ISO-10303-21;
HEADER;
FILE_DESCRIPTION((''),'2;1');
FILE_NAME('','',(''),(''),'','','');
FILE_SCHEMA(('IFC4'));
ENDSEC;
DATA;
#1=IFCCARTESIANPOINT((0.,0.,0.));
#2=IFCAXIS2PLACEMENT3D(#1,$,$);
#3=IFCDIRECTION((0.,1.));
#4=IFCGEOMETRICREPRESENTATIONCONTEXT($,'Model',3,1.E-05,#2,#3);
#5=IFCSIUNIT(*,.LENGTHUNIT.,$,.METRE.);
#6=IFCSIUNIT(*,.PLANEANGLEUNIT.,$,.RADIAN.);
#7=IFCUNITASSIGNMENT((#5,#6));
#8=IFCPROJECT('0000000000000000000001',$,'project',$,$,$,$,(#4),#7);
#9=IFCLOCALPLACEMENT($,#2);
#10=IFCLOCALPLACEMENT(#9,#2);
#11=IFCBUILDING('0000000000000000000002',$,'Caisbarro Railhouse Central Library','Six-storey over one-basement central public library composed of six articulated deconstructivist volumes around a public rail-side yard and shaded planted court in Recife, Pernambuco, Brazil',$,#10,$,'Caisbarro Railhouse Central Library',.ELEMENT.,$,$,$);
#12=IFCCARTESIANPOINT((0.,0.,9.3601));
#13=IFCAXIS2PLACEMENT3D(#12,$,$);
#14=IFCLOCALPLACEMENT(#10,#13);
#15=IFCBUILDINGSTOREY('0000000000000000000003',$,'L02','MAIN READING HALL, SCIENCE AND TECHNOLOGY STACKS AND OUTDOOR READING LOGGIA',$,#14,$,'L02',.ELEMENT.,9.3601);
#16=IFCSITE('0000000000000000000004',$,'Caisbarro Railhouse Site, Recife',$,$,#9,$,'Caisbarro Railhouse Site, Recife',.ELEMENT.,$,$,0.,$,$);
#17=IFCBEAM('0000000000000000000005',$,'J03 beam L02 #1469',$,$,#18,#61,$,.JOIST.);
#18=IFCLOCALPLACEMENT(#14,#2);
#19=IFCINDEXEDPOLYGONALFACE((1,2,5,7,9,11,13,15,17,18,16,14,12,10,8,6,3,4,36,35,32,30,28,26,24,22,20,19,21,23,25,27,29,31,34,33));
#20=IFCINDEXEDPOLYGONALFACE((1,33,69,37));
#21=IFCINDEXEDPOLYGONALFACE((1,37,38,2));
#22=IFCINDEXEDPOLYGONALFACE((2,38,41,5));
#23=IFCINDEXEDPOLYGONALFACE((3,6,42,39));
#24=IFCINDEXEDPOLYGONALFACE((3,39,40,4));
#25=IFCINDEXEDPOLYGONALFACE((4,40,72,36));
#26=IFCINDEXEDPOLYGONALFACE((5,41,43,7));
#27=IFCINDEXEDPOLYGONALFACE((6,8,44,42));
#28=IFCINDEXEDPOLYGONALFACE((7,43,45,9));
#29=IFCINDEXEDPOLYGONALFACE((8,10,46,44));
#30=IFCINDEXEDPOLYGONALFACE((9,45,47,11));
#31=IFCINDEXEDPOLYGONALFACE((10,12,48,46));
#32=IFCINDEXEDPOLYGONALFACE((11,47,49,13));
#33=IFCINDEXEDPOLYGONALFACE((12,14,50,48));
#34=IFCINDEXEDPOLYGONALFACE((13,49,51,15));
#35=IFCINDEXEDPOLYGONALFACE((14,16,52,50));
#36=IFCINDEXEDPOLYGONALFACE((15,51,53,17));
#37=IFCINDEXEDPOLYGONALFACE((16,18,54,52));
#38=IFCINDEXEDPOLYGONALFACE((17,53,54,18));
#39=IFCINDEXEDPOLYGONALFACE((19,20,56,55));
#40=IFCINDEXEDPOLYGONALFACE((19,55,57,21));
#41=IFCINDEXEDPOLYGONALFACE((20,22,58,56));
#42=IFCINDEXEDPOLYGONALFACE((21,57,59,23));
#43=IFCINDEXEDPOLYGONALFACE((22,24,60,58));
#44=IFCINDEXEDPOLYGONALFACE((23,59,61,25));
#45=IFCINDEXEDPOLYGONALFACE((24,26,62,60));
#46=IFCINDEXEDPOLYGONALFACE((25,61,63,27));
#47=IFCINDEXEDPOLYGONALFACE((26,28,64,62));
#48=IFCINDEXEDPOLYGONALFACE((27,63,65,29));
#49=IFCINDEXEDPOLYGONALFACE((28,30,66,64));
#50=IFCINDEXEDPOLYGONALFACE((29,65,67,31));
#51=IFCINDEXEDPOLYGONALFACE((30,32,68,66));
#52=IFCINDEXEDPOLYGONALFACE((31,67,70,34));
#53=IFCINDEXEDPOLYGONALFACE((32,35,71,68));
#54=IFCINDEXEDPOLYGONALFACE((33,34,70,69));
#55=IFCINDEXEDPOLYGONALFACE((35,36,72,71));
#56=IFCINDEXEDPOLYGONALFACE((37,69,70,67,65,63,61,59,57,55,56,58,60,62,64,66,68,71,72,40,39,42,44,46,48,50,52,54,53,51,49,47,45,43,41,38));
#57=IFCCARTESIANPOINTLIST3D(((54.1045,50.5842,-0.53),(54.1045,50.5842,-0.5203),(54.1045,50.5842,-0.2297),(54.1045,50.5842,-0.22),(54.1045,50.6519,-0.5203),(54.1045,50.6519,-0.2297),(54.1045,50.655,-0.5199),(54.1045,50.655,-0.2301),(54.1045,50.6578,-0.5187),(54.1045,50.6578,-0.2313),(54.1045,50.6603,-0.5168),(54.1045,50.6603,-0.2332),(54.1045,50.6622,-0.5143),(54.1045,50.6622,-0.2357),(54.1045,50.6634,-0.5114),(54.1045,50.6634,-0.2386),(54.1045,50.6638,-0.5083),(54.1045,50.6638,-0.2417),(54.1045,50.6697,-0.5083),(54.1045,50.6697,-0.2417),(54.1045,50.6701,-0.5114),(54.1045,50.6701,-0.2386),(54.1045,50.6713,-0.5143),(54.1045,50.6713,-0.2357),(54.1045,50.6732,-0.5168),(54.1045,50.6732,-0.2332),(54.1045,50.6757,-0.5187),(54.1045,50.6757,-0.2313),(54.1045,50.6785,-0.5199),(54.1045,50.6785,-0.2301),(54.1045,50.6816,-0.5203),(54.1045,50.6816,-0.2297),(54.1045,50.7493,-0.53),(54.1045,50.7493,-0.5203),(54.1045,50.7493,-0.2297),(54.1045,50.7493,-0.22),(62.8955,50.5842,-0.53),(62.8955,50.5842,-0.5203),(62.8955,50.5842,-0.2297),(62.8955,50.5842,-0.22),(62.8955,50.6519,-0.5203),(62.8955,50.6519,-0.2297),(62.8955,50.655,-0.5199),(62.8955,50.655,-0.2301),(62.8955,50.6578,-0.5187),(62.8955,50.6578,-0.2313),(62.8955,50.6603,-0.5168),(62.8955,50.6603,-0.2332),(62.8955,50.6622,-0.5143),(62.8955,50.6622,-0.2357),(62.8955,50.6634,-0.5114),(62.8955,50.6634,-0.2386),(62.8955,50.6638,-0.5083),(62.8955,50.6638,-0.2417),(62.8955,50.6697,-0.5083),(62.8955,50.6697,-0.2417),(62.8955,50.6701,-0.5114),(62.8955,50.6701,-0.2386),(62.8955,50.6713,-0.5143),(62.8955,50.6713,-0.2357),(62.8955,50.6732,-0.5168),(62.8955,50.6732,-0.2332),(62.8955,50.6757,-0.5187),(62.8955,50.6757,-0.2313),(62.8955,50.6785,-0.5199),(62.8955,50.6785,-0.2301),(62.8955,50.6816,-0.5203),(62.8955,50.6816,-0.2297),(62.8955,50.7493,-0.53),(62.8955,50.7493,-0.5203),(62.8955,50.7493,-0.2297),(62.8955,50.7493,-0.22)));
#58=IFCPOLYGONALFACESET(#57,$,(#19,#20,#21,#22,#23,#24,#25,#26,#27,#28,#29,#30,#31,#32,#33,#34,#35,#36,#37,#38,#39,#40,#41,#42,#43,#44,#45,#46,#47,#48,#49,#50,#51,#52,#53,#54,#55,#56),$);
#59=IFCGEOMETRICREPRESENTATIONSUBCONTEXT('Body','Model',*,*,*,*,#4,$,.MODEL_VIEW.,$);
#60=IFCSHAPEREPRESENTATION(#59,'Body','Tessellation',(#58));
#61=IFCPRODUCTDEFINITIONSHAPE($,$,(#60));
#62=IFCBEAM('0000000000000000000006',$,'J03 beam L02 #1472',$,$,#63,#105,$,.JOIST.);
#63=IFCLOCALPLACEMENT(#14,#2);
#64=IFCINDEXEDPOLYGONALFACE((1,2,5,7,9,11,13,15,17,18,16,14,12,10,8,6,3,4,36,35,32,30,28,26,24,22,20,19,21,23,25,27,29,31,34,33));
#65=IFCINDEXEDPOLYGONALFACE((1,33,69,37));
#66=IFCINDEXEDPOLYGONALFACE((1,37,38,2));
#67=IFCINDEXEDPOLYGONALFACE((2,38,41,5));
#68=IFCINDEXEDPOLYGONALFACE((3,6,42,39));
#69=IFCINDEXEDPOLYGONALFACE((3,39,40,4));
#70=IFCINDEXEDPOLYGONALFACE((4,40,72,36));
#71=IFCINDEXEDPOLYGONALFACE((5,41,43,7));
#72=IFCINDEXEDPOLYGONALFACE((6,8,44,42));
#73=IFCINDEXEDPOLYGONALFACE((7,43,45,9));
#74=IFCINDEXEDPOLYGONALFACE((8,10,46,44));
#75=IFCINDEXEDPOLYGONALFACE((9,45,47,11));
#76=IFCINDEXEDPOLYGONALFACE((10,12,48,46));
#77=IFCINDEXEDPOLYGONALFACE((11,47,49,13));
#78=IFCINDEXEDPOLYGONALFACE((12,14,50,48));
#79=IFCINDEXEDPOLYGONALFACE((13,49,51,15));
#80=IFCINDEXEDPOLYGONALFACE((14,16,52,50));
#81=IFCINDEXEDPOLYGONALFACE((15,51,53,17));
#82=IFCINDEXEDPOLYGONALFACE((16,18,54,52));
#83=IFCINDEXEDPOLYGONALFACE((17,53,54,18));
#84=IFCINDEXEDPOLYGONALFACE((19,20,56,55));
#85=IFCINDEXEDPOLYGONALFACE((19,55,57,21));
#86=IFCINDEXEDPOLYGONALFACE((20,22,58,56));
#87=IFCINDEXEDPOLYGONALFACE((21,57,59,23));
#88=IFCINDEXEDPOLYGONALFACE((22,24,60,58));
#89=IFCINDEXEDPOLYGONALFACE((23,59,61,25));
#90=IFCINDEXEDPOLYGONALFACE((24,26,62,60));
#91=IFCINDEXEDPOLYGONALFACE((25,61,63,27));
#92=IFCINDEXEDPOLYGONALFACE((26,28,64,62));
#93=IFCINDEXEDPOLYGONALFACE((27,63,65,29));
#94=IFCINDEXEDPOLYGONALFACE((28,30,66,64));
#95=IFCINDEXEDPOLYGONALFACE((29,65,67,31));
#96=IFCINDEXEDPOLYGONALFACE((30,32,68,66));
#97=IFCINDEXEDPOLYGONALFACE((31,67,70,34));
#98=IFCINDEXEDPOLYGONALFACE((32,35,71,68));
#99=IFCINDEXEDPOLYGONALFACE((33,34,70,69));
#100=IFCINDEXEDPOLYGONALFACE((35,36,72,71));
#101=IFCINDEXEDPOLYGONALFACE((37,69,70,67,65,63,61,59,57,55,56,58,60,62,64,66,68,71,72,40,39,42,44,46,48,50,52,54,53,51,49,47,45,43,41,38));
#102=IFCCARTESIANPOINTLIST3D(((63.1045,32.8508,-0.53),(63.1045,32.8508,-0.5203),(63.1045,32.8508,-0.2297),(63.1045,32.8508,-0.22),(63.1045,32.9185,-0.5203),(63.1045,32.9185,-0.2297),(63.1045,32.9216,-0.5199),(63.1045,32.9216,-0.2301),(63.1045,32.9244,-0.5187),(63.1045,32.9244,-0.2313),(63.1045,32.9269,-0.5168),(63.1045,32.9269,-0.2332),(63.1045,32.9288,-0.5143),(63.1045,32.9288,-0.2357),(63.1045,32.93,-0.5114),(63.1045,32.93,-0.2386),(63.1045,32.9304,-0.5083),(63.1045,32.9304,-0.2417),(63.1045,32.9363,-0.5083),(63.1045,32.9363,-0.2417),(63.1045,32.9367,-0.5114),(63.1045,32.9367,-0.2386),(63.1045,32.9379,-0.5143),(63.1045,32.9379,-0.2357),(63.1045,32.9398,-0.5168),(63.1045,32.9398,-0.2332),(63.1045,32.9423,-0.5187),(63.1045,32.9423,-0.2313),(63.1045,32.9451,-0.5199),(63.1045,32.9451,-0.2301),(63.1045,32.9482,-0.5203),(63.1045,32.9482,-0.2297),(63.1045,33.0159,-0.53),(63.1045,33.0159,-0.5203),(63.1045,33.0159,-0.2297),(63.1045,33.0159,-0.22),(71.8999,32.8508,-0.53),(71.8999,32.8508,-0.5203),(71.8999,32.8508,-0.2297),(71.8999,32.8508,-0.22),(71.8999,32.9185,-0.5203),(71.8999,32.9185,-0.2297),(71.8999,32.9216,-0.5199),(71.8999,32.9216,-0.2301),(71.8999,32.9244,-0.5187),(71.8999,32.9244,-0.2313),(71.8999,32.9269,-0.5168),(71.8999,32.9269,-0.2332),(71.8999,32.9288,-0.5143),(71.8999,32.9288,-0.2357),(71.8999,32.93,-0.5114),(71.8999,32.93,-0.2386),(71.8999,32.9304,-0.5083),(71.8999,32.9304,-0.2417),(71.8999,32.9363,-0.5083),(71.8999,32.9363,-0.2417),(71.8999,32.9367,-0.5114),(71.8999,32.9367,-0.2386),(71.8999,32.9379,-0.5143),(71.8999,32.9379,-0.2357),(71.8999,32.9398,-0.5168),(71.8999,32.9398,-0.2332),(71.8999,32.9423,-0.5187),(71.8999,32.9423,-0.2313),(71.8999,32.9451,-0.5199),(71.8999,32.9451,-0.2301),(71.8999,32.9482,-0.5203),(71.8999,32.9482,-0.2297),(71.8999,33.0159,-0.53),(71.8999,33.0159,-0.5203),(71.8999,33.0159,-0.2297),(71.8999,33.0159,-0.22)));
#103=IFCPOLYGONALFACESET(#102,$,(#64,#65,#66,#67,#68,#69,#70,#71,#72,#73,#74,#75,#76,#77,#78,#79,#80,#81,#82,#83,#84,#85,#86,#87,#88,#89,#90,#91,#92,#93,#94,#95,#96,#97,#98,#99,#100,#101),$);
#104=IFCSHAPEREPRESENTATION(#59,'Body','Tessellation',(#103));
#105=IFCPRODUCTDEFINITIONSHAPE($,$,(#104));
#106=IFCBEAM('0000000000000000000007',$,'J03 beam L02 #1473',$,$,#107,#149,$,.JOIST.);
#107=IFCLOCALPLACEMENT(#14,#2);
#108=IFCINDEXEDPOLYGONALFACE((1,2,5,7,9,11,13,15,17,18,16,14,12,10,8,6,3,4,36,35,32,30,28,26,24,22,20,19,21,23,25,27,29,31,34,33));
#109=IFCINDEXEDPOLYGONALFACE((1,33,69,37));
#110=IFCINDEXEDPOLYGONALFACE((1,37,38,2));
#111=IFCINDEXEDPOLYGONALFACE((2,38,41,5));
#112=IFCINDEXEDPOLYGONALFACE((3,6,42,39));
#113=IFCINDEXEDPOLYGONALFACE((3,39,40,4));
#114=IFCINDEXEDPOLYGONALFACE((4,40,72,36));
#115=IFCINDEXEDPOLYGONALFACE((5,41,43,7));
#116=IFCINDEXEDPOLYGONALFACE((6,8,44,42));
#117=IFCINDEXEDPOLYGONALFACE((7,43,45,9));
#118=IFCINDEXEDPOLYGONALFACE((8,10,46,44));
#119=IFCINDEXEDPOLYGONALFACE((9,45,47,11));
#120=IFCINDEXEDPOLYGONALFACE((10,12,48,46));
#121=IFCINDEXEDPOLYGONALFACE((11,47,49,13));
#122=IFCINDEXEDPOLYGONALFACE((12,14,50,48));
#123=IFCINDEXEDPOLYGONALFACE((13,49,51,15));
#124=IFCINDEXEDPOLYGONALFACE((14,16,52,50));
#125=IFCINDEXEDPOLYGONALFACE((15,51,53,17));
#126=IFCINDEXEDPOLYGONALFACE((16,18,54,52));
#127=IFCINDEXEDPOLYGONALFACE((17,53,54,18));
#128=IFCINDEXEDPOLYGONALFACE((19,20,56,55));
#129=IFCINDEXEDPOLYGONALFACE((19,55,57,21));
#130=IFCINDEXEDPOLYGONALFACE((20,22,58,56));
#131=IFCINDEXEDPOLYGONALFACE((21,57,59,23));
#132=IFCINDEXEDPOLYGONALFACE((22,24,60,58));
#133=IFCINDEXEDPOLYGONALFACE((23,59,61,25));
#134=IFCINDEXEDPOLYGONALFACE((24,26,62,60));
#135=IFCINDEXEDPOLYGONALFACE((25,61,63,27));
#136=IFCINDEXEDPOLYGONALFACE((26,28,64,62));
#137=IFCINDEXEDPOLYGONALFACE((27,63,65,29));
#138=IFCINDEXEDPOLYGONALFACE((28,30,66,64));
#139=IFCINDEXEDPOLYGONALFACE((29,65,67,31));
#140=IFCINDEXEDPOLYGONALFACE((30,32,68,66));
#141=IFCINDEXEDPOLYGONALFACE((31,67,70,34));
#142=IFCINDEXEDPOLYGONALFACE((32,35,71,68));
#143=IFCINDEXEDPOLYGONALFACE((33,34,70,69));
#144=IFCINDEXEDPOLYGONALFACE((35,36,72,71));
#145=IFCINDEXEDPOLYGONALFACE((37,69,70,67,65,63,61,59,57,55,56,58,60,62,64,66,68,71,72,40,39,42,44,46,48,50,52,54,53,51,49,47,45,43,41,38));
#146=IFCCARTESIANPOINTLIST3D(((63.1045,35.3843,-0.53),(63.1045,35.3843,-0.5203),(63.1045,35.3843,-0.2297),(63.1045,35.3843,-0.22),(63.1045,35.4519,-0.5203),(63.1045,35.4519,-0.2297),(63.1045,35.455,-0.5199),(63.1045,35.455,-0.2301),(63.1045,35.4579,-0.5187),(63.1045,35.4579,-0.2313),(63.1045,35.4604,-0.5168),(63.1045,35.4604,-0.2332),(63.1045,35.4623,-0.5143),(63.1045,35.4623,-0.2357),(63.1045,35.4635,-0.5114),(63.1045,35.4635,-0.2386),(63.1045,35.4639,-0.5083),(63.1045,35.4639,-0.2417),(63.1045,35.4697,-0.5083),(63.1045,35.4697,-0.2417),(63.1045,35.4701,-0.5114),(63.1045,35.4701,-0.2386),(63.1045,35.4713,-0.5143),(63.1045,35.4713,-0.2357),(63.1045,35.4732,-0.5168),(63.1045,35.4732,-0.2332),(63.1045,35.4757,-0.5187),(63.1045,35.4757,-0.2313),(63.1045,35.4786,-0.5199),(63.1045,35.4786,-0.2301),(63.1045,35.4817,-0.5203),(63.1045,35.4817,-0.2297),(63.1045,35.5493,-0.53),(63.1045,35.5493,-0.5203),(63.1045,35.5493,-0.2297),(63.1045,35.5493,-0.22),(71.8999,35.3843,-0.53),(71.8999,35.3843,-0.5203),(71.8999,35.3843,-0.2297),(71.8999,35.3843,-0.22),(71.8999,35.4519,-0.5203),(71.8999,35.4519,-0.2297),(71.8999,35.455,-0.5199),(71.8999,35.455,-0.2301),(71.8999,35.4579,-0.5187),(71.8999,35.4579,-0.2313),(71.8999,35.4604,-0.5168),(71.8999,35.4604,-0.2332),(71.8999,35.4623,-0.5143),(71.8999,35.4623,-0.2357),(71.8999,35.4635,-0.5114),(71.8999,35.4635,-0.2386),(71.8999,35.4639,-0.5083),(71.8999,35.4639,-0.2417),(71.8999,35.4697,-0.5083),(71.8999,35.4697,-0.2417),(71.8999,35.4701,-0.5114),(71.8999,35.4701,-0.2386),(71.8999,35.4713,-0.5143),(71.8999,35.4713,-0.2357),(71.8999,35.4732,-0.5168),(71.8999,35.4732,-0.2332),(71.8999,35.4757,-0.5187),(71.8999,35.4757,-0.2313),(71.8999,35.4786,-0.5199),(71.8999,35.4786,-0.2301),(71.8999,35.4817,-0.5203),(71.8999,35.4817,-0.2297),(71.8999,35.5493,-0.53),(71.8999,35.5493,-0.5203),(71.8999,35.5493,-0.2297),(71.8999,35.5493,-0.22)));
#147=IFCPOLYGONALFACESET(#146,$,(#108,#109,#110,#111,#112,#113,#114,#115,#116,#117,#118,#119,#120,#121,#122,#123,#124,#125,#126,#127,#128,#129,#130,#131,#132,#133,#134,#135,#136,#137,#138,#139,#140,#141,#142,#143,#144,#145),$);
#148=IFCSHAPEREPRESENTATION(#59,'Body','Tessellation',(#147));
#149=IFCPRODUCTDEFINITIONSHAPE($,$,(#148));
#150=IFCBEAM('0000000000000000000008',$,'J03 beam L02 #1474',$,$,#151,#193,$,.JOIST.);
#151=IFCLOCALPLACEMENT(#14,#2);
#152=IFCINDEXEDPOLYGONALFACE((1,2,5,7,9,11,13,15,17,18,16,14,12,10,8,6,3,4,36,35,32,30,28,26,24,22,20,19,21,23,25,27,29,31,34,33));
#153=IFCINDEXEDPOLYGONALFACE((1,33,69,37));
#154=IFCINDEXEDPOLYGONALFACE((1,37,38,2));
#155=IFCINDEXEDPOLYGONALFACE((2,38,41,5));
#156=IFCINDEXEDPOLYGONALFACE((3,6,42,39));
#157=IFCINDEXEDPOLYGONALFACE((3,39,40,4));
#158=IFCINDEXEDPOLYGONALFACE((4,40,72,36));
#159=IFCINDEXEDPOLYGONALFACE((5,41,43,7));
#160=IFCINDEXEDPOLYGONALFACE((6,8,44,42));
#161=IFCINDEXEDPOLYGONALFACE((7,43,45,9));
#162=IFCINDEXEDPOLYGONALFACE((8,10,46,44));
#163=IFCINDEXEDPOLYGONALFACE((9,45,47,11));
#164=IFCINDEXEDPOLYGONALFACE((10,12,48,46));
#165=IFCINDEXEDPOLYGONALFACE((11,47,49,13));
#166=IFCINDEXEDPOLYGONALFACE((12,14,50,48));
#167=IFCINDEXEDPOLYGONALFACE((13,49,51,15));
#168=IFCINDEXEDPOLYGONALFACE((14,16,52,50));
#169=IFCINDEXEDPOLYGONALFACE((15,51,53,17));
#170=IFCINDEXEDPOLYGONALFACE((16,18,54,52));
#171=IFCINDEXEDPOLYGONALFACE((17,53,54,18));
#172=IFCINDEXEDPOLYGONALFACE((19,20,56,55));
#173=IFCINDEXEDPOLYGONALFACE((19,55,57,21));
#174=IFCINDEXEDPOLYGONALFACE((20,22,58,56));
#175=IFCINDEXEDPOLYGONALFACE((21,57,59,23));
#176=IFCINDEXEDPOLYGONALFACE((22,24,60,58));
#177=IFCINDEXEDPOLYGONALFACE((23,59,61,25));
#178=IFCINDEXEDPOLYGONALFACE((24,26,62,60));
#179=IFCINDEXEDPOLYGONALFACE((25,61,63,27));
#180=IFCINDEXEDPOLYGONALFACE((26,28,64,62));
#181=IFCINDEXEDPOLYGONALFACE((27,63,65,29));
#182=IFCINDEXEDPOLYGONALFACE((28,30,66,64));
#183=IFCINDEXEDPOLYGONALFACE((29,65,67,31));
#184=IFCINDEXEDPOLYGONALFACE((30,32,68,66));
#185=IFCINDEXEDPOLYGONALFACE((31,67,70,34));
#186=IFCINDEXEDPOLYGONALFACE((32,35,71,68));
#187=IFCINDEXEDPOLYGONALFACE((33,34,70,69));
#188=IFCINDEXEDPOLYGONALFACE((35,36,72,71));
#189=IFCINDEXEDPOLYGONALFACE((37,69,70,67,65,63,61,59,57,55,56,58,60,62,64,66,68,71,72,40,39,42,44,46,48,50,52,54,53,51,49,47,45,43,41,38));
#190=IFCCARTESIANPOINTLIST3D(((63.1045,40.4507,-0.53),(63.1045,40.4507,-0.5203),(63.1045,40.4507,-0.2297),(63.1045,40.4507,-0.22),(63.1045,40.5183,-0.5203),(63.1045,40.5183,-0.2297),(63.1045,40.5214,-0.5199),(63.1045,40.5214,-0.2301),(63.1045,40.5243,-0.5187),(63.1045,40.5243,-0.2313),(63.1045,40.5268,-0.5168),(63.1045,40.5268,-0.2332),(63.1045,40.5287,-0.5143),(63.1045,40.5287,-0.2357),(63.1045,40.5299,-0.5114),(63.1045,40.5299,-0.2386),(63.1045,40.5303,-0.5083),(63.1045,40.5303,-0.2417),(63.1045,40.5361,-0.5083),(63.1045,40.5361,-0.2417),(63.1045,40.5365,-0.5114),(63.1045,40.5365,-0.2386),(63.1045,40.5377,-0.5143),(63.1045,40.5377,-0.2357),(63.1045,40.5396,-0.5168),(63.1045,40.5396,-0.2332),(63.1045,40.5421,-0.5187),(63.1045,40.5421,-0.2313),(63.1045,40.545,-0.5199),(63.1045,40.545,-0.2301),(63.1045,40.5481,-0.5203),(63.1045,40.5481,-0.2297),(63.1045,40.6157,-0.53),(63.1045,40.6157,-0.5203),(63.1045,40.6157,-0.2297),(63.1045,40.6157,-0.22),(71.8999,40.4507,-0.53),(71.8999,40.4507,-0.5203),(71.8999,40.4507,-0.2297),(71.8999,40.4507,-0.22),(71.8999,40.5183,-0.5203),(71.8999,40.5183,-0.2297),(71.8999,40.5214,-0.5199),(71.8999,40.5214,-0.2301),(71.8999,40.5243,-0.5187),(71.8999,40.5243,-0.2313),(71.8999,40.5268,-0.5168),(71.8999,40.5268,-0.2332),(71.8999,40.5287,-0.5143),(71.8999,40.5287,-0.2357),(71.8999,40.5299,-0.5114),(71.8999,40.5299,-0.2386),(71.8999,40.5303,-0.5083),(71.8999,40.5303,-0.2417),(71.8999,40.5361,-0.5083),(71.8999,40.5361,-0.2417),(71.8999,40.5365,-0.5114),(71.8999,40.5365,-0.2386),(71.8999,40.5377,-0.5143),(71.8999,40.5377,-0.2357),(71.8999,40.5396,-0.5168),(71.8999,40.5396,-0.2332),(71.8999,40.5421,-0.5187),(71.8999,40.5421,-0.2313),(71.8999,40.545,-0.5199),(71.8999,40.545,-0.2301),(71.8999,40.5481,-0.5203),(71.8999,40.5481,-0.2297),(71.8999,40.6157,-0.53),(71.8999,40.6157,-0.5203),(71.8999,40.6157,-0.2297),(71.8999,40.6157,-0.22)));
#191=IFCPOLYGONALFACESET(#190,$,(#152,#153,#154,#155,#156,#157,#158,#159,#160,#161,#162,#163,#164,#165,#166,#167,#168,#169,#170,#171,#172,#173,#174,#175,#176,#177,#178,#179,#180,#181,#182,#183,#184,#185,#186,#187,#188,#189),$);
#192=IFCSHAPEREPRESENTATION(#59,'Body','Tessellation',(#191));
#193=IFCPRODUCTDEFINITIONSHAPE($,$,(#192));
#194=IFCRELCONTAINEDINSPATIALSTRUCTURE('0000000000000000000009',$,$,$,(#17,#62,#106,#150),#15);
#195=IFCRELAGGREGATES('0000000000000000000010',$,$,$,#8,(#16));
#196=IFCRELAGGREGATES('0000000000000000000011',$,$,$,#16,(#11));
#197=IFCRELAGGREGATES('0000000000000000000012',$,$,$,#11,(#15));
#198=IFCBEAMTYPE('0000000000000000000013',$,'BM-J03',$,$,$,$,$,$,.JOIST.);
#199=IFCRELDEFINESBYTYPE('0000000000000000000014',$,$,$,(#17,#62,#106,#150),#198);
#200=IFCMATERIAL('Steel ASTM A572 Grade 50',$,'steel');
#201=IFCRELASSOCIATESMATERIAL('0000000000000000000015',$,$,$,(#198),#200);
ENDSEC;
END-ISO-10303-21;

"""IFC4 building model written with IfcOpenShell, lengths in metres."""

from ifc_helpers import new_model, si_unit, direction, frame, origin, origin_2d, place, context, subcontext, project, spatial, i_section, extrude, material, material_profile, profile_set, type_object, element, save


model = new_model("IFC4")

# Units and contexts
model_context = context("Model", 3, precision=1e-05, world=origin(), true_north=direction((0.0, 1.0)))
body_context = subcontext(model_context, "Body", "Model", "MODEL_VIEW")
ifc_project = project(units=[si_unit("LENGTHUNIT", "METRE"), si_unit("PLANEANGLEUNIT", "RADIAN")], contexts=[model_context])

# Site, building, storey
site_placement = place(None, origin())
site = spatial("IfcSite", under=ifc_project, at=site_placement, Name="Caisbarro Railhouse Site, Recife", LongName="Caisbarro Railhouse Site, Recife", CompositionType="ELEMENT", RefElevation=0.0)
building_placement = place(site_placement, origin())
building = spatial("IfcBuilding", under=site, at=building_placement, Name="Caisbarro Railhouse Central Library", Description="Six-storey over one-basement central public library composed of six articulated deconstructivist volumes around a public rail-side yard and shaded planted court in Recife, Pernambuco, Brazil", LongName="Caisbarro Railhouse Central Library", CompositionType="ELEMENT")
storey_placement = place(building_placement, frame((0.0, 0.0, 9.3601)))
storey = spatial("IfcBuildingStorey", under=building, at=storey_placement, Name="L02", Description="MAIN READING HALL, SCIENCE AND TECHNOLOGY STACKS AND OUTDOOR READING LOGGIA", LongName="L02", CompositionType="ELEMENT", Elevation=9.3601)

# Beams
ifc_material_1 = material(Name="Steel ASTM A572 Grade 50", Category="steel")
ifc_material_profile_1 = material_profile(ifc_material_1, i_section(OverallWidth=0.165, OverallDepth=0.3101, WebThickness=0.0059, FlangeThickness=0.0098, FilletRadius=0.012, at=origin_2d()), Name="W310X38.7")
ifc_profile_set_1 = profile_set([ifc_material_profile_1], Name="Steel ASTM A572 Grade 50")
beam_type_1 = type_object("IfcBeamType", Name="BM-J03", PredefinedType="JOIST", material=ifc_profile_set_1)
for number, where, z_axis, x_axis, name in (
    (1, (54.1045, 50.6667, -0.375), (1.0, 0.0, 0.0), (0.0, 1.0, 0.0), "J03 beam L02 #1469"),
):
    element("IfcBeam", number, at=place(storey_placement, frame(where, z_axis=z_axis, x_axis=x_axis)), inside=storey, type_object=beam_type_1, Name=name, PredefinedType="JOIST", context=body_context, shape_type="SweptSolid", body=[
        extrude(i_section(OverallWidth=0.165, OverallDepth=0.3101, WebThickness=0.0059, FlangeThickness=0.0098, FilletRadius=0.012, at=origin_2d()), origin(), (0.0, 0.0, 1.0), 8.791),
    ])
for number, where, z_axis, x_axis, name in (
    (2, (63.1045, 32.9333, -0.375), (1.0, 0.0, 0.0), (0.0, 1.0, 0.0), "J03 beam L02 #1472"),
    (3, (63.1045, 35.4668, -0.375), (1.0, 0.0, 0.0), (0.0, 1.0, 0.0), "J03 beam L02 #1473"),
    (4, (63.1045, 40.5332, -0.375), (1.0, 0.0, 0.0), (0.0, 1.0, 0.0), "J03 beam L02 #1474"),
):
    element("IfcBeam", number, at=place(storey_placement, frame(where, z_axis=z_axis, x_axis=x_axis)), inside=storey, type_object=beam_type_1, Name=name, PredefinedType="JOIST", context=body_context, shape_type="SweptSolid", body=[
        extrude(i_section(OverallWidth=0.165, OverallDepth=0.3101, WebThickness=0.0059, FlangeThickness=0.0098, FilletRadius=0.012, at=origin_2d()), origin(), (0.0, 0.0, 1.0), 8.7954),
    ])

save(model, "model.ifc")
